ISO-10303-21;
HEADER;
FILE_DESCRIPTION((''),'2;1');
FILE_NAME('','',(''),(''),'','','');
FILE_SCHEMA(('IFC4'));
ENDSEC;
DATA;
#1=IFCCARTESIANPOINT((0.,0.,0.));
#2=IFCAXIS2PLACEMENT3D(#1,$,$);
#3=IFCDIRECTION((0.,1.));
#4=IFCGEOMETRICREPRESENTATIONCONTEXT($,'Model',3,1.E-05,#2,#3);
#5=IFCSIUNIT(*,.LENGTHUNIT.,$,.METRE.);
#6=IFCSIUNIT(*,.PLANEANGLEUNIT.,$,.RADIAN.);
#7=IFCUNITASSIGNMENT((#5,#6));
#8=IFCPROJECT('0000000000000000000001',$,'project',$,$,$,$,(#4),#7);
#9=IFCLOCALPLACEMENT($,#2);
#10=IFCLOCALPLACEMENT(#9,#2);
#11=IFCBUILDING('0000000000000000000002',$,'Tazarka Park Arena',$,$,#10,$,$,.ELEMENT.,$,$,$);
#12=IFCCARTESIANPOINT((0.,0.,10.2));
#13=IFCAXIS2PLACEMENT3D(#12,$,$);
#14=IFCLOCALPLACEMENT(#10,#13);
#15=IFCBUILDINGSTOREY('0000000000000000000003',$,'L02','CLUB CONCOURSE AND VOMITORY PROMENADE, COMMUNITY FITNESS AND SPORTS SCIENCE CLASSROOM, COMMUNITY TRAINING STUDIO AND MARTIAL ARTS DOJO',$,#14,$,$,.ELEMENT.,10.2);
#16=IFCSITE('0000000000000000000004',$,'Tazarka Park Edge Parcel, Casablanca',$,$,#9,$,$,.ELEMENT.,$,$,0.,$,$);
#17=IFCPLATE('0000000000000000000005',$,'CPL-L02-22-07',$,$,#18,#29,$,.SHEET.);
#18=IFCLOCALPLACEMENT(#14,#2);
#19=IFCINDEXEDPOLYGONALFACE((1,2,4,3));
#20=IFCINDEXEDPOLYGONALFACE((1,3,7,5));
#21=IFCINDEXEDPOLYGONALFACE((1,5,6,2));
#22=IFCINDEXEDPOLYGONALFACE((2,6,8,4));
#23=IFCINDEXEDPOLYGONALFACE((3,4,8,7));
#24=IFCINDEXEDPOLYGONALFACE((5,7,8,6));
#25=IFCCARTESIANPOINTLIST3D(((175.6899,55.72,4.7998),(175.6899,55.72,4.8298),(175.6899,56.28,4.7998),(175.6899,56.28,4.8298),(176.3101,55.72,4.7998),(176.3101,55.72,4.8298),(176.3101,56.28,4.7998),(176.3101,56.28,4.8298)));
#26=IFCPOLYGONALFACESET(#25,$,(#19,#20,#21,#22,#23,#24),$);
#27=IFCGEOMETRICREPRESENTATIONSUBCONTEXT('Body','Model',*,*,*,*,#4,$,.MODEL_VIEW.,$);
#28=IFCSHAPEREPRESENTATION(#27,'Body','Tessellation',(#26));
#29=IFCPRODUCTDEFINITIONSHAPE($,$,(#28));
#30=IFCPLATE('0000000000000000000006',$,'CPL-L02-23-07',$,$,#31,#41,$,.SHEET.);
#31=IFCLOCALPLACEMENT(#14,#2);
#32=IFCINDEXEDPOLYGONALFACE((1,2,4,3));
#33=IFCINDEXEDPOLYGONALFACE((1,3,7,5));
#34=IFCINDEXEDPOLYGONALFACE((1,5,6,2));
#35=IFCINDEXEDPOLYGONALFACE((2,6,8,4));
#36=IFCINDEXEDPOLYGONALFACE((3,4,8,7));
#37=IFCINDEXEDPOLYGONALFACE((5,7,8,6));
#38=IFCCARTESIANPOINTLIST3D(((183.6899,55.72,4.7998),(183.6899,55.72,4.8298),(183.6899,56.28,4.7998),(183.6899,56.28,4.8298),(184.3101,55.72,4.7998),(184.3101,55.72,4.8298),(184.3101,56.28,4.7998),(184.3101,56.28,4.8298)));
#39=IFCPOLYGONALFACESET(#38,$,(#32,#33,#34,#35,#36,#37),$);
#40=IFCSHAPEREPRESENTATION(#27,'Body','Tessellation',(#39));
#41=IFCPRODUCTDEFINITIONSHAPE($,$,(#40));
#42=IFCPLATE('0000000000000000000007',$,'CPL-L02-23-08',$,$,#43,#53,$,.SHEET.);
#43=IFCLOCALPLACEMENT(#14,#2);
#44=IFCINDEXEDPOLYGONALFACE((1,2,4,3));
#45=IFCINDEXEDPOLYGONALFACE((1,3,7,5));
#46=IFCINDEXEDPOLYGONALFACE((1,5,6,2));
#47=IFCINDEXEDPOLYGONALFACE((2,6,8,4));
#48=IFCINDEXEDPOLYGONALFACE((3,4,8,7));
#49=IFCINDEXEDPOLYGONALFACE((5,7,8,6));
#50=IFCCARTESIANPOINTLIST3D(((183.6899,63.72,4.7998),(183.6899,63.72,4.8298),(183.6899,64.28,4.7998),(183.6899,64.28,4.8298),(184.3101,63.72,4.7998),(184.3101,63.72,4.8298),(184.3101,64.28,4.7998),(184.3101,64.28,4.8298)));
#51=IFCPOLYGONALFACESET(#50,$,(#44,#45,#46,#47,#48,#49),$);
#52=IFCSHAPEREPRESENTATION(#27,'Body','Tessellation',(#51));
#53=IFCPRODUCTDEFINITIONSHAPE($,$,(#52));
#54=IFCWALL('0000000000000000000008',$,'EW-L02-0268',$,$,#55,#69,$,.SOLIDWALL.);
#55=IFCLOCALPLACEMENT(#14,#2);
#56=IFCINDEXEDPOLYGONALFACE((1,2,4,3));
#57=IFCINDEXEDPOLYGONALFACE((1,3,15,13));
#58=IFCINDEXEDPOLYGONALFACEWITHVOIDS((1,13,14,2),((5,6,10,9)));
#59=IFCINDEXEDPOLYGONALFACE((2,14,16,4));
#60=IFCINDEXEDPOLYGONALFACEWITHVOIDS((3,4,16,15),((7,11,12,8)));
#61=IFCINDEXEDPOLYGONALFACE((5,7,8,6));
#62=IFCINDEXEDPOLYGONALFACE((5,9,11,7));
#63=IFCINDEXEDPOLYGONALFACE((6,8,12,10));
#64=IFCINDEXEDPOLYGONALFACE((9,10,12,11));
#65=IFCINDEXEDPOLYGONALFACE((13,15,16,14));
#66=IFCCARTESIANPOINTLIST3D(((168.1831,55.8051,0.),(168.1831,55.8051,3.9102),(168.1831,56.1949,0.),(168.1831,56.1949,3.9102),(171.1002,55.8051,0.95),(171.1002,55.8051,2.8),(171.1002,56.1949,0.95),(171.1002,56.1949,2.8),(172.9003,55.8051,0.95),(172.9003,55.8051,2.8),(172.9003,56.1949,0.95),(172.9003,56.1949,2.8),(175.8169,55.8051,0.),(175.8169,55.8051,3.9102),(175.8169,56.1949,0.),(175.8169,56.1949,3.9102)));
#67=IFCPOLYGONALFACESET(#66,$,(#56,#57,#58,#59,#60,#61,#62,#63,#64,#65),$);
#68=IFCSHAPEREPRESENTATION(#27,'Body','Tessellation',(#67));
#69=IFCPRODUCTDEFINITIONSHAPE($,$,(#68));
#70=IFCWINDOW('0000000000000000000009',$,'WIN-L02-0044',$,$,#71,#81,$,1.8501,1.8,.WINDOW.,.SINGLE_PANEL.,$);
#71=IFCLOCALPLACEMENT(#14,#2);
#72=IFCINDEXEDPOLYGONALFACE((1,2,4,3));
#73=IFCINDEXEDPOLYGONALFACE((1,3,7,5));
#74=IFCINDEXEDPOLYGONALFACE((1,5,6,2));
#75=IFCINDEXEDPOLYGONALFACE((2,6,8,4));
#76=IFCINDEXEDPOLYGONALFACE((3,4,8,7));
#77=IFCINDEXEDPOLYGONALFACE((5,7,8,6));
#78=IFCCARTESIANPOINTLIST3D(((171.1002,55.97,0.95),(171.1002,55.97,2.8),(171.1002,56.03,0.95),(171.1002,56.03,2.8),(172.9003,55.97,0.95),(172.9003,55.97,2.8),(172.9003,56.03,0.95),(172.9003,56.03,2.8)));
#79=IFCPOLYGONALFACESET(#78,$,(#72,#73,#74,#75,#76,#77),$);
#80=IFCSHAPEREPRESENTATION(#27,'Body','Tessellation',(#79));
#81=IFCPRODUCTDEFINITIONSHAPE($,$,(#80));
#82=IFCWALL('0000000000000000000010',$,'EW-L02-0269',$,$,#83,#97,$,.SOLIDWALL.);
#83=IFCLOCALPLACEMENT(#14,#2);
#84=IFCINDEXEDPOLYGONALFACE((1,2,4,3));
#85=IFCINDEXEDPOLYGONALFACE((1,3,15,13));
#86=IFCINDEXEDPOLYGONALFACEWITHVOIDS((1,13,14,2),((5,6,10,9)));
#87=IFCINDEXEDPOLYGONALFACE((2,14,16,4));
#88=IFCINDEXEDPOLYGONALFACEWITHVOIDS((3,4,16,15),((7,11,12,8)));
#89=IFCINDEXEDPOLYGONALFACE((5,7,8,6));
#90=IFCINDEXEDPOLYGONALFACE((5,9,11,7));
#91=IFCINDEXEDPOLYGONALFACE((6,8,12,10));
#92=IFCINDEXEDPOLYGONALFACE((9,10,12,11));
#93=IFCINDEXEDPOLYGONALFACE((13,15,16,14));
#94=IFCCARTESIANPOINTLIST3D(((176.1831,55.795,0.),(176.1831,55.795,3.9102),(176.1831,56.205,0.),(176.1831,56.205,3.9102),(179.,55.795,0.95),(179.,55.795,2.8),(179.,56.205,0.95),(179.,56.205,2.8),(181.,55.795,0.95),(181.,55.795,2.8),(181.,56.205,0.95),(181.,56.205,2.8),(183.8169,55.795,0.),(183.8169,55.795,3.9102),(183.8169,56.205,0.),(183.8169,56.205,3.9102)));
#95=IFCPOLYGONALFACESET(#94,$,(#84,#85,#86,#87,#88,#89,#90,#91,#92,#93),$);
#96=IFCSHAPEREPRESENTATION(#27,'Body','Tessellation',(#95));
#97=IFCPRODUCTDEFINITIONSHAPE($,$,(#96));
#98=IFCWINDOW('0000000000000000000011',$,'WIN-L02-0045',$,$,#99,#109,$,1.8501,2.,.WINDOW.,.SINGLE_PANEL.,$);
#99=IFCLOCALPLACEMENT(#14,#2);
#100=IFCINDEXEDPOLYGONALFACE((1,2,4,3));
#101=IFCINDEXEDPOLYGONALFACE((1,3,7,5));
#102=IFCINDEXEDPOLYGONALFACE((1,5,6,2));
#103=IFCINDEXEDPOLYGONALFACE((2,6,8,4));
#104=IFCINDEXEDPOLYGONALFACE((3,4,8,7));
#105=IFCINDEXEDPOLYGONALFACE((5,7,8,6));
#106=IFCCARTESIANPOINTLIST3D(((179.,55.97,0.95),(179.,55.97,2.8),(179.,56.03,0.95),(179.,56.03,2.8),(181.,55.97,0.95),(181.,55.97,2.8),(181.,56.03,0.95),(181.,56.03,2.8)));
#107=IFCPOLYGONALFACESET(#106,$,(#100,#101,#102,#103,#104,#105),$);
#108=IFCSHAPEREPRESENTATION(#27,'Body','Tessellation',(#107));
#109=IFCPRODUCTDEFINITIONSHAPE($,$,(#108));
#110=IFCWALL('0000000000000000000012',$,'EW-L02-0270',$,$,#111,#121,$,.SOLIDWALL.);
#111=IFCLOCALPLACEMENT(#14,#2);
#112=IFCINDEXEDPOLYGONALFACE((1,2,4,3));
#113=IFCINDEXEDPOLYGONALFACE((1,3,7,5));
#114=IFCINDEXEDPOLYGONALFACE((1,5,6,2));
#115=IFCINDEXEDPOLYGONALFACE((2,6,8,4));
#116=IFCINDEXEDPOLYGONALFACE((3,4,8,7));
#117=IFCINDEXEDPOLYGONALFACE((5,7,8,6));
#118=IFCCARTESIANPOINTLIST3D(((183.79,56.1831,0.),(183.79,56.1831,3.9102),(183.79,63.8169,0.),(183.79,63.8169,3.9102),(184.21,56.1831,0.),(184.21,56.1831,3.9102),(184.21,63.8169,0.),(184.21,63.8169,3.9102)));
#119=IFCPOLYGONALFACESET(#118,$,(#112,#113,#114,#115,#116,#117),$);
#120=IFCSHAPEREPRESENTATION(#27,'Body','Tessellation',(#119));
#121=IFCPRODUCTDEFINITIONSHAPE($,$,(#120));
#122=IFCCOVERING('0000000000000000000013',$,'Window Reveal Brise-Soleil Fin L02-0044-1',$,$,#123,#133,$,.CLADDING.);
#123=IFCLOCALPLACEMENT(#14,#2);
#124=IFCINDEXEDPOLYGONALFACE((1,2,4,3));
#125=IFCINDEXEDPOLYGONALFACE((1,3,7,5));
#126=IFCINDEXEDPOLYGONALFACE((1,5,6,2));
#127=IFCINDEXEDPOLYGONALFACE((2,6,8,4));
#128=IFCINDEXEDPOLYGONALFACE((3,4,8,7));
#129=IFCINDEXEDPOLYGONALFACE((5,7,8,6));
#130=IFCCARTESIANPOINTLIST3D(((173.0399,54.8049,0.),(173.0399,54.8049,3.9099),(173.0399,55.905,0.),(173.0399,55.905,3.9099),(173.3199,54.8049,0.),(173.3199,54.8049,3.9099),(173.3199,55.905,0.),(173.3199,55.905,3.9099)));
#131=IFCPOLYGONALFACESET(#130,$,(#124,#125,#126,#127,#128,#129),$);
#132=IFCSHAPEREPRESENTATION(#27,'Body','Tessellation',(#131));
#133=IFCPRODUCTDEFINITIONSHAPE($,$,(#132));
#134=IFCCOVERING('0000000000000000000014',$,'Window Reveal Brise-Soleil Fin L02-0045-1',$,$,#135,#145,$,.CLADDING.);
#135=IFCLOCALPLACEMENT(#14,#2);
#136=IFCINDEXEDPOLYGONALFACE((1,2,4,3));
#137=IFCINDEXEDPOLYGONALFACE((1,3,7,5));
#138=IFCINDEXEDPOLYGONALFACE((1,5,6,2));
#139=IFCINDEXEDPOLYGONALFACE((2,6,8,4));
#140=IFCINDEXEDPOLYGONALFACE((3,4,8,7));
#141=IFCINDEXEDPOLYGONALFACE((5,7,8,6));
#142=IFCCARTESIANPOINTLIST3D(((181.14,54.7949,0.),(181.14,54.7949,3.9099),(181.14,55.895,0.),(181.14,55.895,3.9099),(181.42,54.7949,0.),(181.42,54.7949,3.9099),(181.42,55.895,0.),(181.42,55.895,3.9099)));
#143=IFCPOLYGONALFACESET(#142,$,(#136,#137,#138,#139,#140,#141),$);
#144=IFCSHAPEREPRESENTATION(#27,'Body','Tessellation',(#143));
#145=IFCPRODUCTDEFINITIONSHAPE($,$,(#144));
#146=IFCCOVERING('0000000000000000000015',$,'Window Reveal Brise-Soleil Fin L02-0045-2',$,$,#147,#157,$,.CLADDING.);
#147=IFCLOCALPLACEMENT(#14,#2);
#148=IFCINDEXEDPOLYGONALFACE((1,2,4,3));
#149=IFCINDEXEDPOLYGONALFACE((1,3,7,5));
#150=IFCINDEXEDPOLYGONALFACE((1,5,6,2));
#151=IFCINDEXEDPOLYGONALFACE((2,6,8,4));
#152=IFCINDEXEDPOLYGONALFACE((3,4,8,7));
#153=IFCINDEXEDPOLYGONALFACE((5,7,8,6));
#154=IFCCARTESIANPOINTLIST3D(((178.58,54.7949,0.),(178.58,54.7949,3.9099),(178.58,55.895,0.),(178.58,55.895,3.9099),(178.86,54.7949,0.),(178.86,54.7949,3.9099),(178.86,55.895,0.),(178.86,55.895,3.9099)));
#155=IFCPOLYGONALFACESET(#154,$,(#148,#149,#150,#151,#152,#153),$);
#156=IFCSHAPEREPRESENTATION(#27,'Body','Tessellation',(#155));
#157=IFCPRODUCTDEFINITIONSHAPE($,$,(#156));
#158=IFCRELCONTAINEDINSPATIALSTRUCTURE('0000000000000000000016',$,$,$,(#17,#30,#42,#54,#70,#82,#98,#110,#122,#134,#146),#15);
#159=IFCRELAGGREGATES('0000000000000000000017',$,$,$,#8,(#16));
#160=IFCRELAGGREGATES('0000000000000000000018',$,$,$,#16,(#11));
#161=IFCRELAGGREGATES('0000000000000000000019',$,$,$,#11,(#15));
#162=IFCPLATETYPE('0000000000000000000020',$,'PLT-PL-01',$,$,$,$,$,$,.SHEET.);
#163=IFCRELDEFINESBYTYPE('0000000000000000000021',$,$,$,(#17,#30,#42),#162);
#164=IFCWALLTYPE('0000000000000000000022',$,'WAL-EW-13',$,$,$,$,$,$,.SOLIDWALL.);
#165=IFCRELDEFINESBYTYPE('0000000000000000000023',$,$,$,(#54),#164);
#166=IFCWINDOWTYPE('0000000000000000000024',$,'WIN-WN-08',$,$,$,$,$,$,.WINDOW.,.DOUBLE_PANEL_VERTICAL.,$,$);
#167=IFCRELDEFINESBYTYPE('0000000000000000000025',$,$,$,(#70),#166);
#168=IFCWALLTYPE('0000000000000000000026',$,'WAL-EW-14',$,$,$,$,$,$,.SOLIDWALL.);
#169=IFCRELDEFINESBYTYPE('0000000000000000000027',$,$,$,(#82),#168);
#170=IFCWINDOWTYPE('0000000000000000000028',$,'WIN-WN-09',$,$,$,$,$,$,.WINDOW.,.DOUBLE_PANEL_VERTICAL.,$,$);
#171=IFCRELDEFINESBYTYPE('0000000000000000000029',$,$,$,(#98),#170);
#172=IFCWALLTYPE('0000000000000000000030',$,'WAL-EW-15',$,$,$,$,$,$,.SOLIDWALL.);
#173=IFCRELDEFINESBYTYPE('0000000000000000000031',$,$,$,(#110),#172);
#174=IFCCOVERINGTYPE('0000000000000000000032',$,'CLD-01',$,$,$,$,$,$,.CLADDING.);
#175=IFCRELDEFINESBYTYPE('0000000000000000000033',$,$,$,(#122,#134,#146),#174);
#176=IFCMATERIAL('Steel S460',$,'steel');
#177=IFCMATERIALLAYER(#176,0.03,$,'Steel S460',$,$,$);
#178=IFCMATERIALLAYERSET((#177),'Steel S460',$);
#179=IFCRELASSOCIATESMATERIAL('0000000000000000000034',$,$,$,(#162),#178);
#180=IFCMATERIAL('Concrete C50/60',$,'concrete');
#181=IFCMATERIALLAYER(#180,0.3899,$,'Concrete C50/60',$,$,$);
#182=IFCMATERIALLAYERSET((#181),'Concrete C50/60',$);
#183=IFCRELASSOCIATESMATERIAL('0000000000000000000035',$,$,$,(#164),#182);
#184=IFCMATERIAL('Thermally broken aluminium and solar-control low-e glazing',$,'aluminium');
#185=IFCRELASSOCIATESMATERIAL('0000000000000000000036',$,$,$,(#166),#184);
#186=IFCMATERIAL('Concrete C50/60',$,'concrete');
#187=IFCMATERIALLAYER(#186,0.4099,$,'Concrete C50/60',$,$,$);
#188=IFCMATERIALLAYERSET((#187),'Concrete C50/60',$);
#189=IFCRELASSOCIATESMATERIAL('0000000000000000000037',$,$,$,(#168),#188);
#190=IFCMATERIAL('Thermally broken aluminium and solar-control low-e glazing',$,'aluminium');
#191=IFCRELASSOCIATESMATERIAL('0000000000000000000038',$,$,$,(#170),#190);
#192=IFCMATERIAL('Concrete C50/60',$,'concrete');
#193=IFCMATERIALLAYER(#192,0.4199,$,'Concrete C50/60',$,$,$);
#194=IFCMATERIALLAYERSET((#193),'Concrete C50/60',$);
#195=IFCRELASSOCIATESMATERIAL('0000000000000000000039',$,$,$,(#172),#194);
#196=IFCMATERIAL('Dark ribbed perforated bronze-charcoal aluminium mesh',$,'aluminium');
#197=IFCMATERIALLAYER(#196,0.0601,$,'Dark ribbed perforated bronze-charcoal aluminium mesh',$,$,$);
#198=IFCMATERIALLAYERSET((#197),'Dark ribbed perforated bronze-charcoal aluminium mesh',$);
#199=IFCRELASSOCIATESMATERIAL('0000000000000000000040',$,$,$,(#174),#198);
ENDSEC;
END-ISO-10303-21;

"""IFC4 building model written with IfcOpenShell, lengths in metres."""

from ifc_helpers import new_model, si_unit, direction, frame, frame_2d, origin, origin_2d, place, context, subcontext, project, spatial, rectangle, extrude, material, layer, layer_set, type_object, element, fill, save


model = new_model("IFC4")

# Units and contexts
model_context = context("Model", 3, precision=1e-05, world=origin(), true_north=direction((0.0, 1.0)))
body_context = subcontext(model_context, "Body", "Model", "MODEL_VIEW")
ifc_project = project(units=[si_unit("LENGTHUNIT", "METRE"), si_unit("PLANEANGLEUNIT", "RADIAN")], contexts=[model_context])

# Site, building, storey
site_placement = place(None, origin())
site = spatial("IfcSite", under=ifc_project, at=site_placement, Name="Tazarka Park Edge Parcel, Casablanca", CompositionType="ELEMENT", RefElevation=0.0)
building_placement = place(site_placement, origin())
building = spatial("IfcBuilding", under=site, at=building_placement, Name="Tazarka Park Arena", CompositionType="ELEMENT")
storey_placement = place(building_placement, frame((0.0, 0.0, 10.2)))
storey = spatial("IfcBuildingStorey", under=building, at=storey_placement, Name="L02", Description="CLUB CONCOURSE AND VOMITORY PROMENADE, COMMUNITY FITNESS AND SPORTS SCIENCE CLASSROOM, COMMUNITY TRAINING STUDIO AND MARTIAL ARTS DOJO", CompositionType="ELEMENT", Elevation=10.2)

# Plates
ifc_material_1 = material(Name="Steel S460", Category="steel")
ifc_layer_1 = layer(ifc_material_1, 0.03, Name="Steel S460")
ifc_layer_set_1 = layer_set([ifc_layer_1], Name="Steel S460")
plate_type = type_object("IfcPlateType", Name="PLT-PL-01", PredefinedType="SHEET", material=ifc_layer_set_1)
for number, where, z_axis, x_axis, name in (
    (1, (176.0, 56.0, 4.7998), (0.0, 0.0, 1.0), (1.0, 0.0, 0.0), "CPL-L02-22-07"),
    (2, (184.0, 56.0, 4.7998), (0.0, 0.0, 1.0), (1.0, 0.0, 0.0), "CPL-L02-23-07"),
    (3, (184.0, 64.0, 4.7998), (0.0, 0.0, 1.0), (1.0, 0.0, 0.0), "CPL-L02-23-08"),
):
    element("IfcPlate", number, at=place(storey_placement, frame(where, z_axis=z_axis, x_axis=x_axis)), inside=storey, type_object=plate_type, Name=name, PredefinedType="SHEET", context=body_context, shape_type="SweptSolid", body=[
        extrude(rectangle(XDim=0.6201, YDim=0.5601, at=origin_2d()), origin(), (0.0, 0.0, 1.0), 0.03),
    ])

# Walls, openings, windows
ifc_material_2 = material(Name="Concrete C50/60", Category="concrete")
ifc_layer_2 = layer(ifc_material_2, 0.3899, Name="Concrete C50/60")
ifc_layer_set_2 = layer_set([ifc_layer_2], Name="Concrete C50/60")
wall_type_1 = type_object("IfcWallType", Name="WAL-EW-13", PredefinedType="SOLIDWALL", material=ifc_layer_set_2)
wall_1_placement = place(storey_placement, frame((175.8169, 56.0, 0.0), z_axis=(0.0, 0.0, 1.0), x_axis=(-1.0, 0.0, 0.0)))
wall_1 = element("IfcWall", 4, at=wall_1_placement, inside=storey, type_object=wall_type_1, Name="EW-L02-0268", PredefinedType="SOLIDWALL", context=body_context, shape_type="SweptSolid", body=[
    extrude(rectangle(XDim=7.6338, YDim=0.3899, at=frame_2d((3.8169, 0.0))), origin(), (0.0, 0.0, 1.0), 3.9102),
])
opening_1_placement = place(wall_1_placement, frame((2.9167, 0.0, 0.95)))
opening_1 = element("IfcOpeningElement", 5, at=opening_1_placement, cuts=wall_1, PredefinedType="OPENING", context=body_context, shape_type="SweptSolid", body=[
    extrude(rectangle(XDim=1.8, YDim=1.8501, at=frame_2d((0.8999, 0.925))), frame((0.0, 0.2051, 0.0), z_axis=(0.0, -1.0, 0.0), x_axis=(1.0, 0.0, 0.0)), (0.0, 0.0, 1.0), 0.4099),
])
ifc_material_3 = material(Name="Thermally broken aluminium and solar-control low-e glazing", Category="aluminium")
window_type_1 = type_object("IfcWindowType", Name="WIN-WN-08", PartitioningType="DOUBLE_PANEL_VERTICAL", PredefinedType="WINDOW", material=ifc_material_3)
window_1_placement = place(opening_1_placement, origin())
window_1 = element("IfcWindow", 6, at=window_1_placement, inside=storey, type_object=window_type_1, Name="WIN-L02-0044", OverallHeight=1.8501, OverallWidth=1.8, PartitioningType="SINGLE_PANEL", PredefinedType="WINDOW", context=body_context, shape_type="SweptSolid", body=[
    extrude(rectangle(XDim=1.8, YDim=1.8501, at=frame_2d((0.8999, 0.925))), frame((0.0, 0.03, 0.0), z_axis=(0.0, -1.0, 0.0), x_axis=(1.0, 0.0, 0.0)), (0.0, 0.0, 1.0), 0.0601),
])
fill(opening_1, window_1)
ifc_material_4 = material(Name="Concrete C50/60", Category="concrete")
ifc_layer_3 = layer(ifc_material_4, 0.4099, Name="Concrete C50/60")
ifc_layer_set_3 = layer_set([ifc_layer_3], Name="Concrete C50/60")
wall_type_2 = type_object("IfcWallType", Name="WAL-EW-14", PredefinedType="SOLIDWALL", material=ifc_layer_set_3)
wall_2_placement = place(storey_placement, frame((183.8169, 56.0, 0.0), z_axis=(0.0, 0.0, 1.0), x_axis=(-1.0, 0.0, 0.0)))
wall_2 = element("IfcWall", 7, at=wall_2_placement, inside=storey, type_object=wall_type_2, Name="EW-L02-0269", PredefinedType="SOLIDWALL", context=body_context, shape_type="SweptSolid", body=[
    extrude(rectangle(XDim=7.6338, YDim=0.4099, at=frame_2d((3.8169, 0.0))), origin(), (0.0, 0.0, 1.0), 3.9102),
])
opening_2_placement = place(wall_2_placement, frame((2.8169, 0.0, 0.95)))
opening_2 = element("IfcOpeningElement", 8, at=opening_2_placement, cuts=wall_2, PredefinedType="OPENING", context=body_context, shape_type="SweptSolid", body=[
    extrude(rectangle(XDim=2.0, YDim=1.8501, at=frame_2d((1.0, 0.925))), frame((0.0, 0.2148, 0.0), z_axis=(0.0, -1.0, 0.0), x_axis=(1.0, 0.0, 0.0)), (0.0, 0.0, 1.0), 0.4299),
])
ifc_material_5 = material(Name="Thermally broken aluminium and solar-control low-e glazing", Category="aluminium")
window_type_2 = type_object("IfcWindowType", Name="WIN-WN-09", PartitioningType="DOUBLE_PANEL_VERTICAL", PredefinedType="WINDOW", material=ifc_material_5)
window_2_placement = place(opening_2_placement, origin())
window_2 = element("IfcWindow", 9, at=window_2_placement, inside=storey, type_object=window_type_2, Name="WIN-L02-0045", OverallHeight=1.8501, OverallWidth=2.0, PartitioningType="SINGLE_PANEL", PredefinedType="WINDOW", context=body_context, shape_type="SweptSolid", body=[
    extrude(rectangle(XDim=2.0, YDim=1.8501, at=frame_2d((1.0, 0.925))), frame((0.0, 0.03, 0.0), z_axis=(0.0, -1.0, 0.0), x_axis=(1.0, 0.0, 0.0)), (0.0, 0.0, 1.0), 0.0601),
])
fill(opening_2, window_2)

# Wall
ifc_material_6 = material(Name="Concrete C50/60", Category="concrete")
ifc_layer_4 = layer(ifc_material_6, 0.4199, Name="Concrete C50/60")
ifc_layer_set_4 = layer_set([ifc_layer_4], Name="Concrete C50/60")
wall_type_3 = type_object("IfcWallType", Name="WAL-EW-15", PredefinedType="SOLIDWALL", material=ifc_layer_set_4)
wall_3_placement = place(storey_placement, frame((184.0, 63.8169, 0.0), z_axis=(0.0, 0.0, 1.0), x_axis=(0.0, -1.0, 0.0)))
element("IfcWall", 10, at=wall_3_placement, inside=storey, type_object=wall_type_3, Name="EW-L02-0270", PredefinedType="SOLIDWALL", context=body_context, shape_type="SweptSolid", body=[
    extrude(rectangle(XDim=7.6338, YDim=0.4199, at=frame_2d((3.8169, 0.0))), origin(), (0.0, 0.0, 1.0), 3.9102),
])

# Coverings
ifc_material_7 = material(Name="Dark ribbed perforated bronze-charcoal aluminium mesh", Category="aluminium")
ifc_layer_5 = layer(ifc_material_7, 0.0601, Name="Dark ribbed perforated bronze-charcoal aluminium mesh")
ifc_layer_set_5 = layer_set([ifc_layer_5], Name="Dark ribbed perforated bronze-charcoal aluminium mesh")
covering_type = type_object("IfcCoveringType", Name="CLD-01", PredefinedType="CLADDING", material=ifc_layer_set_5)
for number, where, z_axis, x_axis, name in (
    (11, (173.1799, 55.355, 0.0), (0.0, 0.0, 1.0), (-1.0, 0.0, 0.0), "Window Reveal Brise-Soleil Fin L02-0044-1"),
    (12, (181.28, 55.345, 0.0), (0.0, 0.0, 1.0), (-1.0, 0.0, 0.0), "Window Reveal Brise-Soleil Fin L02-0045-1"),
    (13, (178.72, 55.345, 0.0), (0.0, 0.0, 1.0), (-1.0, 0.0, 0.0), "Window Reveal Brise-Soleil Fin L02-0045-2"),
):
    element("IfcCovering", number, at=place(storey_placement, frame(where, z_axis=z_axis, x_axis=x_axis)), inside=storey, type_object=covering_type, Name=name, PredefinedType="CLADDING", context=body_context, shape_type="SweptSolid", body=[
        extrude(rectangle(XDim=0.28, YDim=1.1001, at=origin_2d()), origin(), (0.0, 0.0, 1.0), 3.9099),
    ])

save(model, "model.ifc")
